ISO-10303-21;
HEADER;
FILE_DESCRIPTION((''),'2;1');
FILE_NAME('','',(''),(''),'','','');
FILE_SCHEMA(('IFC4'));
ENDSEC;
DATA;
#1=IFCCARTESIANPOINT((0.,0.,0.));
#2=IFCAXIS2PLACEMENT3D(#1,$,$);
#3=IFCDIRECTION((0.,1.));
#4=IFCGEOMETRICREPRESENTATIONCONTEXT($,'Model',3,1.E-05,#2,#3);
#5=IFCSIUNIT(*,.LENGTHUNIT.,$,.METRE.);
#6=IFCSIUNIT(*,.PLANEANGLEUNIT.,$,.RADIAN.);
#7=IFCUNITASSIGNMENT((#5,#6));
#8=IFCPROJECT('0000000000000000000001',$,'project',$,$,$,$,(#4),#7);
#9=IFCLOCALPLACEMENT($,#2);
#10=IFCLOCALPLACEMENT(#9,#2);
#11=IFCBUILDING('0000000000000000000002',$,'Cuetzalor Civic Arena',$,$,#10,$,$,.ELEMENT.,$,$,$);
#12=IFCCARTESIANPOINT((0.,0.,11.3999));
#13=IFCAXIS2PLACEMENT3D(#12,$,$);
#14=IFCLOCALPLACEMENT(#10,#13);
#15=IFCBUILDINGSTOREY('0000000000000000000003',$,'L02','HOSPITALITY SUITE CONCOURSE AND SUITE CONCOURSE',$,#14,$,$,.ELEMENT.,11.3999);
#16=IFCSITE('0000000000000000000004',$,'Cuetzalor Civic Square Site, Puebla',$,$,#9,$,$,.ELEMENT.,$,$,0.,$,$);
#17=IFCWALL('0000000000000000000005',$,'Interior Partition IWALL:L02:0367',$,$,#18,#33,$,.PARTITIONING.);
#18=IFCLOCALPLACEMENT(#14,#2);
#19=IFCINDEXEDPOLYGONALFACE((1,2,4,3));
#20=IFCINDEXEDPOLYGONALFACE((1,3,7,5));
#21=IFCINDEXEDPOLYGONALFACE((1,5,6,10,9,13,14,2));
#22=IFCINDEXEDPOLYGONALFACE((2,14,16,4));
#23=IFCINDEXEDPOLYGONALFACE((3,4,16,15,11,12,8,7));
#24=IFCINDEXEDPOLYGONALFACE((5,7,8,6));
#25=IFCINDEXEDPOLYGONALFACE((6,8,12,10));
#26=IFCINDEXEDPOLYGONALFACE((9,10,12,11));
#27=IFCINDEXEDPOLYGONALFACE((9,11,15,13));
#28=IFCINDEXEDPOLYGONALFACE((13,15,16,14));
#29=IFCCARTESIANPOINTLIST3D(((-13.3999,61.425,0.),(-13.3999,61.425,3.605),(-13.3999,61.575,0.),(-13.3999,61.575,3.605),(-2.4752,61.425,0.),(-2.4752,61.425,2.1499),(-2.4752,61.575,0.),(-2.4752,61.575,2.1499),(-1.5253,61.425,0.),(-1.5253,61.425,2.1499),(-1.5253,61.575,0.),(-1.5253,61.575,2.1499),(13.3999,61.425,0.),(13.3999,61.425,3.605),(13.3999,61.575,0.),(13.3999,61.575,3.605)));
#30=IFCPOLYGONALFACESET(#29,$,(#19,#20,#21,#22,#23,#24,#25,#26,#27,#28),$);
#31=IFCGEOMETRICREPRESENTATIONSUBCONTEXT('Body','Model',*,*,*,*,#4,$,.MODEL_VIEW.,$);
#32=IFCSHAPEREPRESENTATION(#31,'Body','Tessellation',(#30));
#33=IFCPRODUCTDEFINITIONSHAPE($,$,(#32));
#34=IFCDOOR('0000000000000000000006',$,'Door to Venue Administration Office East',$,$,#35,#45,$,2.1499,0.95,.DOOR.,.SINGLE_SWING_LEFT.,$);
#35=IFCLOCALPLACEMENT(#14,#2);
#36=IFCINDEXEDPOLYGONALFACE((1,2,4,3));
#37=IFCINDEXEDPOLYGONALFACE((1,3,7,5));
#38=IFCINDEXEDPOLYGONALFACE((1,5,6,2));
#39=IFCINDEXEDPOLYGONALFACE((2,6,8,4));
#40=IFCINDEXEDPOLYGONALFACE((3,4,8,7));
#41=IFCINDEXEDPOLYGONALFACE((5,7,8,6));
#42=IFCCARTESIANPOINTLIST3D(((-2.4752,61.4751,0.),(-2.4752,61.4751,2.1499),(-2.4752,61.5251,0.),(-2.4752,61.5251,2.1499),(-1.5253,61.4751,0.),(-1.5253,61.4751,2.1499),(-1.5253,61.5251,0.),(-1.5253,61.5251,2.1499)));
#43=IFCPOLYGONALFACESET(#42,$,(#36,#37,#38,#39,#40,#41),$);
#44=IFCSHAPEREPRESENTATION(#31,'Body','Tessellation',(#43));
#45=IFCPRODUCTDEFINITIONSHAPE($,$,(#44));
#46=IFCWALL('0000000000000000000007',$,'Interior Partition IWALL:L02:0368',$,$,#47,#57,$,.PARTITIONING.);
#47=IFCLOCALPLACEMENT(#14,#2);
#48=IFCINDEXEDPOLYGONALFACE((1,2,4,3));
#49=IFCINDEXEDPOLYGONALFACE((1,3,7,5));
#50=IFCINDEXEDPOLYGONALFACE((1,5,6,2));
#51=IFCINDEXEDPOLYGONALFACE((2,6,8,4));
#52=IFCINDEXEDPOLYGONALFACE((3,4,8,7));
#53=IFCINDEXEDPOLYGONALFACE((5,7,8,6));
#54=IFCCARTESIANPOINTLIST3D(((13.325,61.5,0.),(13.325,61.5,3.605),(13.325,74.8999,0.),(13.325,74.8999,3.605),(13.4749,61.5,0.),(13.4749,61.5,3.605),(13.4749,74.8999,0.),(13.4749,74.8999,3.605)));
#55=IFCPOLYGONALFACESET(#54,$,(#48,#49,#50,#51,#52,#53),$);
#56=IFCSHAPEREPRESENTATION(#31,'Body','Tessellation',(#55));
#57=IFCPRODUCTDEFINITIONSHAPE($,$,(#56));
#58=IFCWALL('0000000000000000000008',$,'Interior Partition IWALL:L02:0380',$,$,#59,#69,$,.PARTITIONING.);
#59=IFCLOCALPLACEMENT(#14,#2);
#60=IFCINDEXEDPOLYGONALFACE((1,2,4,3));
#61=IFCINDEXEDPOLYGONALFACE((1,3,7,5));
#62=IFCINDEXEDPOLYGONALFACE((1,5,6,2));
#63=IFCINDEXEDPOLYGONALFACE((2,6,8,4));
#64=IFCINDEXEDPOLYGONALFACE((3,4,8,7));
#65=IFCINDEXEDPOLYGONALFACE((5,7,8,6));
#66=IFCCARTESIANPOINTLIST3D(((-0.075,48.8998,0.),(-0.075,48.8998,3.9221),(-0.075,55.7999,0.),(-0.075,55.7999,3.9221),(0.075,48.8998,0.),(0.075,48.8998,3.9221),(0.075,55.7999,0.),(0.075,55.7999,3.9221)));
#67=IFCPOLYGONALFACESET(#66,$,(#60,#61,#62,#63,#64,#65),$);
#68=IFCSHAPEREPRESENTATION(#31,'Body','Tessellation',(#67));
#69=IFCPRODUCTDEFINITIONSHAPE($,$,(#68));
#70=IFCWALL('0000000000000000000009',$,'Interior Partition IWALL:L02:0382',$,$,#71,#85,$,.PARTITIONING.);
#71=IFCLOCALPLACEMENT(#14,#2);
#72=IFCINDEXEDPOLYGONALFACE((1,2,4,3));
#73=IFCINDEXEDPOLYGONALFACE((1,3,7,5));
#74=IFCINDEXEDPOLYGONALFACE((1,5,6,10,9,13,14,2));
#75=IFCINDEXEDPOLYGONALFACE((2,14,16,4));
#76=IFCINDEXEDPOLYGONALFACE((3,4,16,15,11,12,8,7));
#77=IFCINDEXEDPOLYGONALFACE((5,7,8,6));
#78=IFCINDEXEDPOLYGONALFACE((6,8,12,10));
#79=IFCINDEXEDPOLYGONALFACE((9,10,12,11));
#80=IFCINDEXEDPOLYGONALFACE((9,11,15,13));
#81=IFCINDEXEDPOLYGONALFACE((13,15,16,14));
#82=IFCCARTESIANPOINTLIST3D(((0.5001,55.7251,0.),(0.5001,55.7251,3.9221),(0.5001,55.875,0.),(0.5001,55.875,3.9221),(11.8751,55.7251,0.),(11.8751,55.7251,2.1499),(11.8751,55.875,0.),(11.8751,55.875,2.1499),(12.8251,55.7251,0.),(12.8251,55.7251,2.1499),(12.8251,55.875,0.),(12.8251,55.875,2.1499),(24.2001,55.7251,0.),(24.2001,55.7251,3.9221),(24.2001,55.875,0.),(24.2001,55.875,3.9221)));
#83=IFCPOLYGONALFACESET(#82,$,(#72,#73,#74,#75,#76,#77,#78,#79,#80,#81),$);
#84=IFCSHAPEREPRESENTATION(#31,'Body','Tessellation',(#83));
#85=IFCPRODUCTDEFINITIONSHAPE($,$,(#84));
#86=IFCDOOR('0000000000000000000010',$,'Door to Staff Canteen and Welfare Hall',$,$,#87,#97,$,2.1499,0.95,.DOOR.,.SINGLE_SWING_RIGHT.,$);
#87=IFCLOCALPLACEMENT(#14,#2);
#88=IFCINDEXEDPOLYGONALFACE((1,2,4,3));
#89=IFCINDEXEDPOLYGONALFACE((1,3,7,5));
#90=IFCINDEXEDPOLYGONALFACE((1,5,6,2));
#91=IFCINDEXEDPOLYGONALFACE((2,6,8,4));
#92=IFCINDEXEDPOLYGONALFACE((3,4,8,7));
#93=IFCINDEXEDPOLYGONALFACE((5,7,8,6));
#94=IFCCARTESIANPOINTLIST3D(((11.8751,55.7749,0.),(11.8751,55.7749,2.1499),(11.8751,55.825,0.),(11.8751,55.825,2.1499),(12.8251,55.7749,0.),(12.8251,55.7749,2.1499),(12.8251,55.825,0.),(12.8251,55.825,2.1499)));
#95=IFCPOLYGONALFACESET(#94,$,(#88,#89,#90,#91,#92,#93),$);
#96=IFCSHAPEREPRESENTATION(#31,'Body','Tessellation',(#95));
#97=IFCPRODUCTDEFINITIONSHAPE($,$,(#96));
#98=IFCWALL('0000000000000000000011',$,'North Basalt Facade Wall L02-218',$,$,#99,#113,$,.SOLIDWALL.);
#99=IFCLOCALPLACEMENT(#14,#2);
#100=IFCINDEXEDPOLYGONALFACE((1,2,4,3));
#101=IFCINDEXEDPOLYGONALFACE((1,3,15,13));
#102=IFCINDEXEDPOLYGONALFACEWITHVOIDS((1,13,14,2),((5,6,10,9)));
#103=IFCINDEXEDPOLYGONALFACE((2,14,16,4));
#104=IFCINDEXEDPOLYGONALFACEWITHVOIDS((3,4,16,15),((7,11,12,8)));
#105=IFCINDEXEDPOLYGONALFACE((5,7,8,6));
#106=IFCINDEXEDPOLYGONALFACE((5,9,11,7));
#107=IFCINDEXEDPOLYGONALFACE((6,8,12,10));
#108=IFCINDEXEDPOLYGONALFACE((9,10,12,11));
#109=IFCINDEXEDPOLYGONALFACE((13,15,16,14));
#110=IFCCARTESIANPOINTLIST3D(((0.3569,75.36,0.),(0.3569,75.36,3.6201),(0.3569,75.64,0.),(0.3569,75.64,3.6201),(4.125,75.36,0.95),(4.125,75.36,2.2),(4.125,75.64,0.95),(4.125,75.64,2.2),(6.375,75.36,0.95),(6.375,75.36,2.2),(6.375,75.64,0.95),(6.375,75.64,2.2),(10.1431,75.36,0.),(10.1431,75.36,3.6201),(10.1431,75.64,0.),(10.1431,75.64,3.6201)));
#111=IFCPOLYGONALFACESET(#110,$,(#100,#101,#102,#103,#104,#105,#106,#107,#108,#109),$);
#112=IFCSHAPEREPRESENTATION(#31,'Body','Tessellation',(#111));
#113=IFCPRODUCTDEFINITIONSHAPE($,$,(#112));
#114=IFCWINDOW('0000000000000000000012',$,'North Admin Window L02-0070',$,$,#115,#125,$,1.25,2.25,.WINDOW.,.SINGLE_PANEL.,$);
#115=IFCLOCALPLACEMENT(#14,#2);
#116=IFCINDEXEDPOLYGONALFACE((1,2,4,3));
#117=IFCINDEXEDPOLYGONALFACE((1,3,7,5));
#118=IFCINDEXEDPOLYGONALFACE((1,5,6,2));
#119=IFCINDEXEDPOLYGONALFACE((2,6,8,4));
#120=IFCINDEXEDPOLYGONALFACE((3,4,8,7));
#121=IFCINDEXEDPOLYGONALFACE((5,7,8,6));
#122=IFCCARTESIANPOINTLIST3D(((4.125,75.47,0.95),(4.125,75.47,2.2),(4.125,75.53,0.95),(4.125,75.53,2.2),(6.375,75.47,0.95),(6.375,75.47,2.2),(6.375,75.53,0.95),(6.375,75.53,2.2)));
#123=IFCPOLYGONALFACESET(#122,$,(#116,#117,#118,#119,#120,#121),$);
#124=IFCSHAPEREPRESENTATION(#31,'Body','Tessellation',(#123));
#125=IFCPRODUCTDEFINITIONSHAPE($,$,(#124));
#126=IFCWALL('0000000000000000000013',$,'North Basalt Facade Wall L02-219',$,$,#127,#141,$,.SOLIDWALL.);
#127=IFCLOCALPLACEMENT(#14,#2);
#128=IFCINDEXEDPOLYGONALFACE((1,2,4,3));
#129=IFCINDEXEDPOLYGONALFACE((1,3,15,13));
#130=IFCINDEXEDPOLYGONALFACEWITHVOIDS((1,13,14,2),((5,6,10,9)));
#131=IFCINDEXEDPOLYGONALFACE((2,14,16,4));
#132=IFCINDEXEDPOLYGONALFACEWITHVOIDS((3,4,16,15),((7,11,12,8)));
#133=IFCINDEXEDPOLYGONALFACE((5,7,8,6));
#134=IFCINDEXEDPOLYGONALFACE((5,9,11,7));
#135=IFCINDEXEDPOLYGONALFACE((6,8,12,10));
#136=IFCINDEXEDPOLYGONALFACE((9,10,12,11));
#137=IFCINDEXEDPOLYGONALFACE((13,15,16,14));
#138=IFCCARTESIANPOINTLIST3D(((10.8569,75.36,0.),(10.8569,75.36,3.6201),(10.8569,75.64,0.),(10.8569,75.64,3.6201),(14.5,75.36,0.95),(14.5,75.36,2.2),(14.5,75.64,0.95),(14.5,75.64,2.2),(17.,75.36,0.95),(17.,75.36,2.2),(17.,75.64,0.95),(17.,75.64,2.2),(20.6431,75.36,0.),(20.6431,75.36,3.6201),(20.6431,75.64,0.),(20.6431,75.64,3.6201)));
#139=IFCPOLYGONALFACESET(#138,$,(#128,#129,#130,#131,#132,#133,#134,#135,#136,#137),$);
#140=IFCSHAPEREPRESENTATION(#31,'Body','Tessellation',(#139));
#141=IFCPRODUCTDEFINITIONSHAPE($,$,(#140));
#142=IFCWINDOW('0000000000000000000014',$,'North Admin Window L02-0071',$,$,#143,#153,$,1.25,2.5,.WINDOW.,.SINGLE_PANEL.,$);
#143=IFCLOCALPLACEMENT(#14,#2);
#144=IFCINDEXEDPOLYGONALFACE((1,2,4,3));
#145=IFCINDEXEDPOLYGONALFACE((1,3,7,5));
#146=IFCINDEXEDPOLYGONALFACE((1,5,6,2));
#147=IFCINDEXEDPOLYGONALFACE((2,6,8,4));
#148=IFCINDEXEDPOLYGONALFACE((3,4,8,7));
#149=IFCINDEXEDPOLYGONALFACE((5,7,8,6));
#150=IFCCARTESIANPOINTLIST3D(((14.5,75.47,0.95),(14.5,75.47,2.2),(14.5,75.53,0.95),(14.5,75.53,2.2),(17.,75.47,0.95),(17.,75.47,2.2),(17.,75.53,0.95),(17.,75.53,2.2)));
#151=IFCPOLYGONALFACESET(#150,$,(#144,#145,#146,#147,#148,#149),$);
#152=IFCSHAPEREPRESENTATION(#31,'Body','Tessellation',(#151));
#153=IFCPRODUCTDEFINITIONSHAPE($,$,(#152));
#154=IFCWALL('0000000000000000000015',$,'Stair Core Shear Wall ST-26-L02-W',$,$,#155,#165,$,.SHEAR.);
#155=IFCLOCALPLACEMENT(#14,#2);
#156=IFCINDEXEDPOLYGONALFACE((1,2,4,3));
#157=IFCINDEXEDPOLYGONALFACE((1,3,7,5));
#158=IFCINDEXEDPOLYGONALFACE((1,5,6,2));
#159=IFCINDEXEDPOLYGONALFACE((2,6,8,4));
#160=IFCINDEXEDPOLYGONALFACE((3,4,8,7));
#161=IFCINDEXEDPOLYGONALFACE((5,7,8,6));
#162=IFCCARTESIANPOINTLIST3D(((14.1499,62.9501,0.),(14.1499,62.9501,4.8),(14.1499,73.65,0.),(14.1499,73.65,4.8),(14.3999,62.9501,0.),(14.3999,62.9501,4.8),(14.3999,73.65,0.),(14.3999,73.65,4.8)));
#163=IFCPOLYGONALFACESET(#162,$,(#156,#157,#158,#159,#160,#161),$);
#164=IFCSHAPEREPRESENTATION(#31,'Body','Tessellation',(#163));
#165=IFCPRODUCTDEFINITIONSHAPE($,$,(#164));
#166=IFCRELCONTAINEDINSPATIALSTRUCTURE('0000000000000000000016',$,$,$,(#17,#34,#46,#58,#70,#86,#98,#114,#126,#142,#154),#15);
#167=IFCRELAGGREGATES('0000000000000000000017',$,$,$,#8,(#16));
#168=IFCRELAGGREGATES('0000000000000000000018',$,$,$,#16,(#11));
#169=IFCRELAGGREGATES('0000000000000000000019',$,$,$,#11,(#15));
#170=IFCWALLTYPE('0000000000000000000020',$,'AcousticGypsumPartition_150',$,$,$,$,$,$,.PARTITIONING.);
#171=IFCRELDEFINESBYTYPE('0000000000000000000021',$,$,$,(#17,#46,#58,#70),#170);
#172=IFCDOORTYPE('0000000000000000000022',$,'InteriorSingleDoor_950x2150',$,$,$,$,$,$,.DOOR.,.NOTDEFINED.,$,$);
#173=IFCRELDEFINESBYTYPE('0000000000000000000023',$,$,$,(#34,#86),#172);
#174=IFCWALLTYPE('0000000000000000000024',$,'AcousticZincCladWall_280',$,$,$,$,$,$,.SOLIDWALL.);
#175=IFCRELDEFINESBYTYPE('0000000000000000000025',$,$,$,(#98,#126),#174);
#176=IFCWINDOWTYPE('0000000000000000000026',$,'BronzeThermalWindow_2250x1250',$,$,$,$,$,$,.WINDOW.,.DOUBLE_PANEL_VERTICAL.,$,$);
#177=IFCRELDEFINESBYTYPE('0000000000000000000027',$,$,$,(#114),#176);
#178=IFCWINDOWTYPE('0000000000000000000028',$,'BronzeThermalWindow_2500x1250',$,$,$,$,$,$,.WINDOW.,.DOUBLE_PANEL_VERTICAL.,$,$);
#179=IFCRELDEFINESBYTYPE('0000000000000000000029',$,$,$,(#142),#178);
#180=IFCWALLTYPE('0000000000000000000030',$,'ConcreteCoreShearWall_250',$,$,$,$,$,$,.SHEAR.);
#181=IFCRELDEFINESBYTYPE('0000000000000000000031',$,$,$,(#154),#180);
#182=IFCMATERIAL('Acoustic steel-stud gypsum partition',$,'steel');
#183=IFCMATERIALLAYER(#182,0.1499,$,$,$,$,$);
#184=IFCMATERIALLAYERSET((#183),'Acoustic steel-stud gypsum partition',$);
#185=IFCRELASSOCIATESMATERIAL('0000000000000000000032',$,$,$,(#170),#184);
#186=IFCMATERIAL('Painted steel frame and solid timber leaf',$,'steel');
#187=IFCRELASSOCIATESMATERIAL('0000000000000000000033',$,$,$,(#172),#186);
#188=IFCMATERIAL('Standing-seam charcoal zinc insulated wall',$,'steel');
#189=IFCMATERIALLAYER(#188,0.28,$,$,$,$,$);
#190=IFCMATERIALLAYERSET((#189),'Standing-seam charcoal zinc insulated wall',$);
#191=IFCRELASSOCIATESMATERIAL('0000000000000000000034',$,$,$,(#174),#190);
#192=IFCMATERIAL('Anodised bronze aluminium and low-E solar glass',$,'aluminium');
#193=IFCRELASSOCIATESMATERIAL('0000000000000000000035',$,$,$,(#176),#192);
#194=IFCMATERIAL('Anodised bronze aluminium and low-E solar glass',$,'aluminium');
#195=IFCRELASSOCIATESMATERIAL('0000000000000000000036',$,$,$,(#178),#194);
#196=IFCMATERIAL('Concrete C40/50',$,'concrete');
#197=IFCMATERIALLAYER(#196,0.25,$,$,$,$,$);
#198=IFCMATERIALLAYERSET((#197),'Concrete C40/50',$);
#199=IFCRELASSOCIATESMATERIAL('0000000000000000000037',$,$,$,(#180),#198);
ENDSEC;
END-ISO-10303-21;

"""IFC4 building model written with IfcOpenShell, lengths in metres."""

from ifc_helpers import new_model, si_unit, direction, frame, frame_2d, origin, place, context, subcontext, project, spatial, rectangle, extrude, material, layer, layer_set, type_object, element, fill, save


model = new_model("IFC4")

# Units and contexts
model_context = context("Model", 3, precision=1e-05, world=origin(), true_north=direction((0.0, 1.0)))
body_context = subcontext(model_context, "Body", "Model", "MODEL_VIEW")
ifc_project = project(units=[si_unit("LENGTHUNIT", "METRE"), si_unit("PLANEANGLEUNIT", "RADIAN")], contexts=[model_context])

# Site, building, storey
site_placement = place(None, origin())
site = spatial("IfcSite", under=ifc_project, at=site_placement, Name="Cuetzalor Civic Square Site, Puebla", CompositionType="ELEMENT", RefElevation=0.0)
building_placement = place(site_placement, origin())
building = spatial("IfcBuilding", under=site, at=building_placement, Name="Cuetzalor Civic Arena", CompositionType="ELEMENT")
storey_placement = place(building_placement, frame((0.0, 0.0, 11.3999)))
storey = spatial("IfcBuildingStorey", under=building, at=storey_placement, Name="L02", Description="HOSPITALITY SUITE CONCOURSE AND SUITE CONCOURSE", CompositionType="ELEMENT", Elevation=11.3999)

# Wall, opening, door
ifc_material_1 = material(Name="Acoustic steel-stud gypsum partition", Category="steel")
ifc_layer_1 = layer(ifc_material_1, 0.1499)
ifc_layer_set_1 = layer_set([ifc_layer_1], Name="Acoustic steel-stud gypsum partition")
wall_type_1 = type_object("IfcWallType", Name="AcousticGypsumPartition_150", PredefinedType="PARTITIONING", material=ifc_layer_set_1)
wall_1_placement = place(storey_placement, frame((13.3999, 61.5, 0.0), z_axis=(0.0, 0.0, 1.0), x_axis=(-1.0, 0.0, 0.0)))
wall_1 = element("IfcWall", 1, at=wall_1_placement, inside=storey, type_object=wall_type_1, Name="Interior Partition IWALL:L02:0367", PredefinedType="PARTITIONING", context=body_context, shape_type="SweptSolid", body=[
    extrude(rectangle(XDim=26.7998, YDim=0.1499, at=frame_2d((13.3999, 0.0))), origin(), (0.0, 0.0, 1.0), 3.605),
])
opening_1_placement = place(wall_1_placement, frame((14.925, 0.0, 0.0)))
opening_1 = element("IfcOpeningElement", 2, at=opening_1_placement, cuts=wall_1, PredefinedType="OPENING", context=body_context, shape_type="SweptSolid", body=[
    extrude(rectangle(XDim=0.95, YDim=2.1499, at=frame_2d((0.4751, 1.075))), frame((0.0, 0.085, 0.0), z_axis=(0.0, -1.0, 0.0), x_axis=(1.0, 0.0, 0.0)), (0.0, 0.0, 1.0), 0.1699),
])
ifc_material_2 = material(Name="Painted steel frame and solid timber leaf", Category="steel")
door_type = type_object("IfcDoorType", Name="InteriorSingleDoor_950x2150", OperationType="NOTDEFINED", PredefinedType="DOOR", material=ifc_material_2)
door_1_placement = place(opening_1_placement, origin())
door_1 = element("IfcDoor", 3, at=door_1_placement, inside=storey, type_object=door_type, Name="Door to Venue Administration Office East", OperationType="SINGLE_SWING_LEFT", OverallHeight=2.1499, OverallWidth=0.95, PredefinedType="DOOR", context=body_context, shape_type="SweptSolid", body=[
    extrude(rectangle(XDim=0.95, YDim=2.1499, at=frame_2d((0.4751, 1.075))), frame((0.0, 0.0249, 0.0), z_axis=(0.0, -1.0, 0.0), x_axis=(1.0, 0.0, 0.0)), (0.0, 0.0, 1.0), 0.05),
])
fill(opening_1, door_1)

# Walls
wall_2_placement = place(storey_placement, frame((13.3999, 74.8999, 0.0), z_axis=(0.0, 0.0, 1.0), x_axis=(0.0, -1.0, 0.0)))
element("IfcWall", 4, at=wall_2_placement, inside=storey, type_object=wall_type_1, Name="Interior Partition IWALL:L02:0368", PredefinedType="PARTITIONING", context=body_context, shape_type="SweptSolid", body=[
    extrude(rectangle(XDim=13.3999, YDim=0.1499, at=frame_2d((6.7, 0.0))), origin(), (0.0, 0.0, 1.0), 3.605),
])
wall_3_placement = place(storey_placement, frame((0.0, 55.8, 0.0), z_axis=(0.0, 0.0, 1.0), x_axis=(0.0, -1.0, 0.0)))
element("IfcWall", 5, at=wall_3_placement, inside=storey, type_object=wall_type_1, Name="Interior Partition IWALL:L02:0380", PredefinedType="PARTITIONING", context=body_context, shape_type="SweptSolid", body=[
    extrude(rectangle(XDim=6.9001, YDim=0.1499, at=frame_2d((3.4502, 0.0))), origin(), (0.0, 0.0, 1.0), 3.9221),
])

# Wall, opening, door
wall_4_placement = place(storey_placement, frame((0.5, 55.8, 0.0), z_axis=(0.0, 0.0, 1.0), x_axis=(1.0, 0.0, 0.0)))
wall_4 = element("IfcWall", 6, at=wall_4_placement, inside=storey, type_object=wall_type_1, Name="Interior Partition IWALL:L02:0382", PredefinedType="PARTITIONING", context=body_context, shape_type="SweptSolid", body=[
    extrude(rectangle(XDim=23.7, YDim=0.1499, at=frame_2d((11.8501, 0.0))), origin(), (0.0, 0.0, 1.0), 3.9221),
])
opening_2_placement = place(wall_4_placement, frame((11.375, 0.0, 0.0)))
opening_2 = element("IfcOpeningElement", 7, at=opening_2_placement, cuts=wall_4, PredefinedType="OPENING", context=body_context, shape_type="SweptSolid", body=[
    extrude(rectangle(XDim=0.95, YDim=2.1499, at=frame_2d((0.4751, 1.075))), frame((0.0, 0.085, 0.0), z_axis=(0.0, -1.0, 0.0), x_axis=(1.0, 0.0, 0.0)), (0.0, 0.0, 1.0), 0.1699),
])
door_2_placement = place(opening_2_placement, origin())
door_2 = element("IfcDoor", 8, at=door_2_placement, inside=storey, type_object=door_type, Name="Door to Staff Canteen and Welfare Hall", OperationType="SINGLE_SWING_RIGHT", OverallHeight=2.1499, OverallWidth=0.95, PredefinedType="DOOR", context=body_context, shape_type="SweptSolid", body=[
    extrude(rectangle(XDim=0.95, YDim=2.1499, at=frame_2d((0.4751, 1.075))), frame((0.0, 0.0249, 0.0), z_axis=(0.0, -1.0, 0.0), x_axis=(1.0, 0.0, 0.0)), (0.0, 0.0, 1.0), 0.05),
])
fill(opening_2, door_2)

# Walls, openings, windows
ifc_material_3 = material(Name="Standing-seam charcoal zinc insulated wall", Category="steel")
ifc_layer_2 = layer(ifc_material_3, 0.28)
ifc_layer_set_2 = layer_set([ifc_layer_2], Name="Standing-seam charcoal zinc insulated wall")
wall_type_2 = type_object("IfcWallType", Name="AcousticZincCladWall_280", PredefinedType="SOLIDWALL", material=ifc_layer_set_2)
wall_5_placement = place(storey_placement, frame((0.3569, 75.5, 0.0), z_axis=(0.0, 0.0, 1.0), x_axis=(1.0, 0.0, 0.0)))
wall_5 = element("IfcWall", 9, at=wall_5_placement, inside=storey, type_object=wall_type_2, Name="North Basalt Facade Wall L02-218", PredefinedType="SOLIDWALL", context=body_context, shape_type="SweptSolid", body=[
    extrude(rectangle(XDim=9.7861, YDim=0.28, at=frame_2d((4.8931, 0.0))), origin(), (0.0, 0.0, 1.0), 3.6201),
])
opening_3_placement = place(wall_5_placement, frame((3.7681, 0.0, 0.95)))
opening_3 = element("IfcOpeningElement", 10, at=opening_3_placement, cuts=wall_5, PredefinedType="OPENING", context=body_context, shape_type="SweptSolid", body=[
    extrude(rectangle(XDim=2.25, YDim=1.25, at=frame_2d((1.125, 0.625))), frame((0.0, 0.1499, 0.0), z_axis=(0.0, -1.0, 0.0), x_axis=(1.0, 0.0, 0.0)), (0.0, 0.0, 1.0), 0.3),
])
ifc_material_4 = material(Name="Anodised bronze aluminium and low-E solar glass", Category="aluminium")
window_type_1 = type_object("IfcWindowType", Name="BronzeThermalWindow_2250x1250", PartitioningType="DOUBLE_PANEL_VERTICAL", PredefinedType="WINDOW", material=ifc_material_4)
window_1_placement = place(opening_3_placement, origin())
window_1 = element("IfcWindow", 11, at=window_1_placement, inside=storey, type_object=window_type_1, Name="North Admin Window L02-0070", OverallHeight=1.25, OverallWidth=2.25, PartitioningType="SINGLE_PANEL", PredefinedType="WINDOW", context=body_context, shape_type="SweptSolid", body=[
    extrude(rectangle(XDim=2.25, YDim=1.25, at=frame_2d((1.125, 0.625))), frame((0.0, 0.03, 0.0), z_axis=(0.0, -1.0, 0.0), x_axis=(1.0, 0.0, 0.0)), (0.0, 0.0, 1.0), 0.0601),
])
fill(opening_3, window_1)
wall_6_placement = place(storey_placement, frame((10.8569, 75.5, 0.0), z_axis=(0.0, 0.0, 1.0), x_axis=(1.0, 0.0, 0.0)))
wall_6 = element("IfcWall", 12, at=wall_6_placement, inside=storey, type_object=wall_type_2, Name="North Basalt Facade Wall L02-219", PredefinedType="SOLIDWALL", context=body_context, shape_type="SweptSolid", body=[
    extrude(rectangle(XDim=9.7861, YDim=0.28, at=frame_2d((4.8931, 0.0))), origin(), (0.0, 0.0, 1.0), 3.6201),
])
opening_4_placement = place(wall_6_placement, frame((3.6431, 0.0, 0.95)))
opening_4 = element("IfcOpeningElement", 13, at=opening_4_placement, cuts=wall_6, PredefinedType="OPENING", context=body_context, shape_type="SweptSolid", body=[
    extrude(rectangle(XDim=2.5, YDim=1.25, at=frame_2d((1.25, 0.625))), frame((0.0, 0.1499, 0.0), z_axis=(0.0, -1.0, 0.0), x_axis=(1.0, 0.0, 0.0)), (0.0, 0.0, 1.0), 0.3),
])
ifc_material_5 = material(Name="Anodised bronze aluminium and low-E solar glass", Category="aluminium")
window_type_2 = type_object("IfcWindowType", Name="BronzeThermalWindow_2500x1250", PartitioningType="DOUBLE_PANEL_VERTICAL", PredefinedType="WINDOW", material=ifc_material_5)
window_2_placement = place(opening_4_placement, origin())
window_2 = element("IfcWindow", 14, at=window_2_placement, inside=storey, type_object=window_type_2, Name="North Admin Window L02-0071", OverallHeight=1.25, OverallWidth=2.5, PartitioningType="SINGLE_PANEL", PredefinedType="WINDOW", context=body_context, shape_type="SweptSolid", body=[
    extrude(rectangle(XDim=2.5, YDim=1.25, at=frame_2d((1.25, 0.625))), frame((0.0, 0.03, 0.0), z_axis=(0.0, -1.0, 0.0), x_axis=(1.0, 0.0, 0.0)), (0.0, 0.0, 1.0), 0.0601),
])
fill(opening_4, window_2)

# Wall
ifc_material_6 = material(Name="Concrete C40/50", Category="concrete")
ifc_layer_3 = layer(ifc_material_6, 0.25)
ifc_layer_set_3 = layer_set([ifc_layer_3], Name="Concrete C40/50")
wall_type_3 = type_object("IfcWallType", Name="ConcreteCoreShearWall_250", PredefinedType="SHEAR", material=ifc_layer_set_3)
wall_7_placement = place(storey_placement, frame((14.2749, 62.95, 0.0), z_axis=(0.0, 0.0, 1.0), x_axis=(0.0, 1.0, 0.0)))
element("IfcWall", 15, at=wall_7_placement, inside=storey, type_object=wall_type_3, Name="Stair Core Shear Wall ST-26-L02-W", PredefinedType="SHEAR", context=body_context, shape_type="SweptSolid", body=[
    extrude(rectangle(XDim=10.7, YDim=0.25, at=frame_2d((5.3501, 0.0))), origin(), (0.0, 0.0, 1.0), 4.8),
])

save(model, "model.ifc")
